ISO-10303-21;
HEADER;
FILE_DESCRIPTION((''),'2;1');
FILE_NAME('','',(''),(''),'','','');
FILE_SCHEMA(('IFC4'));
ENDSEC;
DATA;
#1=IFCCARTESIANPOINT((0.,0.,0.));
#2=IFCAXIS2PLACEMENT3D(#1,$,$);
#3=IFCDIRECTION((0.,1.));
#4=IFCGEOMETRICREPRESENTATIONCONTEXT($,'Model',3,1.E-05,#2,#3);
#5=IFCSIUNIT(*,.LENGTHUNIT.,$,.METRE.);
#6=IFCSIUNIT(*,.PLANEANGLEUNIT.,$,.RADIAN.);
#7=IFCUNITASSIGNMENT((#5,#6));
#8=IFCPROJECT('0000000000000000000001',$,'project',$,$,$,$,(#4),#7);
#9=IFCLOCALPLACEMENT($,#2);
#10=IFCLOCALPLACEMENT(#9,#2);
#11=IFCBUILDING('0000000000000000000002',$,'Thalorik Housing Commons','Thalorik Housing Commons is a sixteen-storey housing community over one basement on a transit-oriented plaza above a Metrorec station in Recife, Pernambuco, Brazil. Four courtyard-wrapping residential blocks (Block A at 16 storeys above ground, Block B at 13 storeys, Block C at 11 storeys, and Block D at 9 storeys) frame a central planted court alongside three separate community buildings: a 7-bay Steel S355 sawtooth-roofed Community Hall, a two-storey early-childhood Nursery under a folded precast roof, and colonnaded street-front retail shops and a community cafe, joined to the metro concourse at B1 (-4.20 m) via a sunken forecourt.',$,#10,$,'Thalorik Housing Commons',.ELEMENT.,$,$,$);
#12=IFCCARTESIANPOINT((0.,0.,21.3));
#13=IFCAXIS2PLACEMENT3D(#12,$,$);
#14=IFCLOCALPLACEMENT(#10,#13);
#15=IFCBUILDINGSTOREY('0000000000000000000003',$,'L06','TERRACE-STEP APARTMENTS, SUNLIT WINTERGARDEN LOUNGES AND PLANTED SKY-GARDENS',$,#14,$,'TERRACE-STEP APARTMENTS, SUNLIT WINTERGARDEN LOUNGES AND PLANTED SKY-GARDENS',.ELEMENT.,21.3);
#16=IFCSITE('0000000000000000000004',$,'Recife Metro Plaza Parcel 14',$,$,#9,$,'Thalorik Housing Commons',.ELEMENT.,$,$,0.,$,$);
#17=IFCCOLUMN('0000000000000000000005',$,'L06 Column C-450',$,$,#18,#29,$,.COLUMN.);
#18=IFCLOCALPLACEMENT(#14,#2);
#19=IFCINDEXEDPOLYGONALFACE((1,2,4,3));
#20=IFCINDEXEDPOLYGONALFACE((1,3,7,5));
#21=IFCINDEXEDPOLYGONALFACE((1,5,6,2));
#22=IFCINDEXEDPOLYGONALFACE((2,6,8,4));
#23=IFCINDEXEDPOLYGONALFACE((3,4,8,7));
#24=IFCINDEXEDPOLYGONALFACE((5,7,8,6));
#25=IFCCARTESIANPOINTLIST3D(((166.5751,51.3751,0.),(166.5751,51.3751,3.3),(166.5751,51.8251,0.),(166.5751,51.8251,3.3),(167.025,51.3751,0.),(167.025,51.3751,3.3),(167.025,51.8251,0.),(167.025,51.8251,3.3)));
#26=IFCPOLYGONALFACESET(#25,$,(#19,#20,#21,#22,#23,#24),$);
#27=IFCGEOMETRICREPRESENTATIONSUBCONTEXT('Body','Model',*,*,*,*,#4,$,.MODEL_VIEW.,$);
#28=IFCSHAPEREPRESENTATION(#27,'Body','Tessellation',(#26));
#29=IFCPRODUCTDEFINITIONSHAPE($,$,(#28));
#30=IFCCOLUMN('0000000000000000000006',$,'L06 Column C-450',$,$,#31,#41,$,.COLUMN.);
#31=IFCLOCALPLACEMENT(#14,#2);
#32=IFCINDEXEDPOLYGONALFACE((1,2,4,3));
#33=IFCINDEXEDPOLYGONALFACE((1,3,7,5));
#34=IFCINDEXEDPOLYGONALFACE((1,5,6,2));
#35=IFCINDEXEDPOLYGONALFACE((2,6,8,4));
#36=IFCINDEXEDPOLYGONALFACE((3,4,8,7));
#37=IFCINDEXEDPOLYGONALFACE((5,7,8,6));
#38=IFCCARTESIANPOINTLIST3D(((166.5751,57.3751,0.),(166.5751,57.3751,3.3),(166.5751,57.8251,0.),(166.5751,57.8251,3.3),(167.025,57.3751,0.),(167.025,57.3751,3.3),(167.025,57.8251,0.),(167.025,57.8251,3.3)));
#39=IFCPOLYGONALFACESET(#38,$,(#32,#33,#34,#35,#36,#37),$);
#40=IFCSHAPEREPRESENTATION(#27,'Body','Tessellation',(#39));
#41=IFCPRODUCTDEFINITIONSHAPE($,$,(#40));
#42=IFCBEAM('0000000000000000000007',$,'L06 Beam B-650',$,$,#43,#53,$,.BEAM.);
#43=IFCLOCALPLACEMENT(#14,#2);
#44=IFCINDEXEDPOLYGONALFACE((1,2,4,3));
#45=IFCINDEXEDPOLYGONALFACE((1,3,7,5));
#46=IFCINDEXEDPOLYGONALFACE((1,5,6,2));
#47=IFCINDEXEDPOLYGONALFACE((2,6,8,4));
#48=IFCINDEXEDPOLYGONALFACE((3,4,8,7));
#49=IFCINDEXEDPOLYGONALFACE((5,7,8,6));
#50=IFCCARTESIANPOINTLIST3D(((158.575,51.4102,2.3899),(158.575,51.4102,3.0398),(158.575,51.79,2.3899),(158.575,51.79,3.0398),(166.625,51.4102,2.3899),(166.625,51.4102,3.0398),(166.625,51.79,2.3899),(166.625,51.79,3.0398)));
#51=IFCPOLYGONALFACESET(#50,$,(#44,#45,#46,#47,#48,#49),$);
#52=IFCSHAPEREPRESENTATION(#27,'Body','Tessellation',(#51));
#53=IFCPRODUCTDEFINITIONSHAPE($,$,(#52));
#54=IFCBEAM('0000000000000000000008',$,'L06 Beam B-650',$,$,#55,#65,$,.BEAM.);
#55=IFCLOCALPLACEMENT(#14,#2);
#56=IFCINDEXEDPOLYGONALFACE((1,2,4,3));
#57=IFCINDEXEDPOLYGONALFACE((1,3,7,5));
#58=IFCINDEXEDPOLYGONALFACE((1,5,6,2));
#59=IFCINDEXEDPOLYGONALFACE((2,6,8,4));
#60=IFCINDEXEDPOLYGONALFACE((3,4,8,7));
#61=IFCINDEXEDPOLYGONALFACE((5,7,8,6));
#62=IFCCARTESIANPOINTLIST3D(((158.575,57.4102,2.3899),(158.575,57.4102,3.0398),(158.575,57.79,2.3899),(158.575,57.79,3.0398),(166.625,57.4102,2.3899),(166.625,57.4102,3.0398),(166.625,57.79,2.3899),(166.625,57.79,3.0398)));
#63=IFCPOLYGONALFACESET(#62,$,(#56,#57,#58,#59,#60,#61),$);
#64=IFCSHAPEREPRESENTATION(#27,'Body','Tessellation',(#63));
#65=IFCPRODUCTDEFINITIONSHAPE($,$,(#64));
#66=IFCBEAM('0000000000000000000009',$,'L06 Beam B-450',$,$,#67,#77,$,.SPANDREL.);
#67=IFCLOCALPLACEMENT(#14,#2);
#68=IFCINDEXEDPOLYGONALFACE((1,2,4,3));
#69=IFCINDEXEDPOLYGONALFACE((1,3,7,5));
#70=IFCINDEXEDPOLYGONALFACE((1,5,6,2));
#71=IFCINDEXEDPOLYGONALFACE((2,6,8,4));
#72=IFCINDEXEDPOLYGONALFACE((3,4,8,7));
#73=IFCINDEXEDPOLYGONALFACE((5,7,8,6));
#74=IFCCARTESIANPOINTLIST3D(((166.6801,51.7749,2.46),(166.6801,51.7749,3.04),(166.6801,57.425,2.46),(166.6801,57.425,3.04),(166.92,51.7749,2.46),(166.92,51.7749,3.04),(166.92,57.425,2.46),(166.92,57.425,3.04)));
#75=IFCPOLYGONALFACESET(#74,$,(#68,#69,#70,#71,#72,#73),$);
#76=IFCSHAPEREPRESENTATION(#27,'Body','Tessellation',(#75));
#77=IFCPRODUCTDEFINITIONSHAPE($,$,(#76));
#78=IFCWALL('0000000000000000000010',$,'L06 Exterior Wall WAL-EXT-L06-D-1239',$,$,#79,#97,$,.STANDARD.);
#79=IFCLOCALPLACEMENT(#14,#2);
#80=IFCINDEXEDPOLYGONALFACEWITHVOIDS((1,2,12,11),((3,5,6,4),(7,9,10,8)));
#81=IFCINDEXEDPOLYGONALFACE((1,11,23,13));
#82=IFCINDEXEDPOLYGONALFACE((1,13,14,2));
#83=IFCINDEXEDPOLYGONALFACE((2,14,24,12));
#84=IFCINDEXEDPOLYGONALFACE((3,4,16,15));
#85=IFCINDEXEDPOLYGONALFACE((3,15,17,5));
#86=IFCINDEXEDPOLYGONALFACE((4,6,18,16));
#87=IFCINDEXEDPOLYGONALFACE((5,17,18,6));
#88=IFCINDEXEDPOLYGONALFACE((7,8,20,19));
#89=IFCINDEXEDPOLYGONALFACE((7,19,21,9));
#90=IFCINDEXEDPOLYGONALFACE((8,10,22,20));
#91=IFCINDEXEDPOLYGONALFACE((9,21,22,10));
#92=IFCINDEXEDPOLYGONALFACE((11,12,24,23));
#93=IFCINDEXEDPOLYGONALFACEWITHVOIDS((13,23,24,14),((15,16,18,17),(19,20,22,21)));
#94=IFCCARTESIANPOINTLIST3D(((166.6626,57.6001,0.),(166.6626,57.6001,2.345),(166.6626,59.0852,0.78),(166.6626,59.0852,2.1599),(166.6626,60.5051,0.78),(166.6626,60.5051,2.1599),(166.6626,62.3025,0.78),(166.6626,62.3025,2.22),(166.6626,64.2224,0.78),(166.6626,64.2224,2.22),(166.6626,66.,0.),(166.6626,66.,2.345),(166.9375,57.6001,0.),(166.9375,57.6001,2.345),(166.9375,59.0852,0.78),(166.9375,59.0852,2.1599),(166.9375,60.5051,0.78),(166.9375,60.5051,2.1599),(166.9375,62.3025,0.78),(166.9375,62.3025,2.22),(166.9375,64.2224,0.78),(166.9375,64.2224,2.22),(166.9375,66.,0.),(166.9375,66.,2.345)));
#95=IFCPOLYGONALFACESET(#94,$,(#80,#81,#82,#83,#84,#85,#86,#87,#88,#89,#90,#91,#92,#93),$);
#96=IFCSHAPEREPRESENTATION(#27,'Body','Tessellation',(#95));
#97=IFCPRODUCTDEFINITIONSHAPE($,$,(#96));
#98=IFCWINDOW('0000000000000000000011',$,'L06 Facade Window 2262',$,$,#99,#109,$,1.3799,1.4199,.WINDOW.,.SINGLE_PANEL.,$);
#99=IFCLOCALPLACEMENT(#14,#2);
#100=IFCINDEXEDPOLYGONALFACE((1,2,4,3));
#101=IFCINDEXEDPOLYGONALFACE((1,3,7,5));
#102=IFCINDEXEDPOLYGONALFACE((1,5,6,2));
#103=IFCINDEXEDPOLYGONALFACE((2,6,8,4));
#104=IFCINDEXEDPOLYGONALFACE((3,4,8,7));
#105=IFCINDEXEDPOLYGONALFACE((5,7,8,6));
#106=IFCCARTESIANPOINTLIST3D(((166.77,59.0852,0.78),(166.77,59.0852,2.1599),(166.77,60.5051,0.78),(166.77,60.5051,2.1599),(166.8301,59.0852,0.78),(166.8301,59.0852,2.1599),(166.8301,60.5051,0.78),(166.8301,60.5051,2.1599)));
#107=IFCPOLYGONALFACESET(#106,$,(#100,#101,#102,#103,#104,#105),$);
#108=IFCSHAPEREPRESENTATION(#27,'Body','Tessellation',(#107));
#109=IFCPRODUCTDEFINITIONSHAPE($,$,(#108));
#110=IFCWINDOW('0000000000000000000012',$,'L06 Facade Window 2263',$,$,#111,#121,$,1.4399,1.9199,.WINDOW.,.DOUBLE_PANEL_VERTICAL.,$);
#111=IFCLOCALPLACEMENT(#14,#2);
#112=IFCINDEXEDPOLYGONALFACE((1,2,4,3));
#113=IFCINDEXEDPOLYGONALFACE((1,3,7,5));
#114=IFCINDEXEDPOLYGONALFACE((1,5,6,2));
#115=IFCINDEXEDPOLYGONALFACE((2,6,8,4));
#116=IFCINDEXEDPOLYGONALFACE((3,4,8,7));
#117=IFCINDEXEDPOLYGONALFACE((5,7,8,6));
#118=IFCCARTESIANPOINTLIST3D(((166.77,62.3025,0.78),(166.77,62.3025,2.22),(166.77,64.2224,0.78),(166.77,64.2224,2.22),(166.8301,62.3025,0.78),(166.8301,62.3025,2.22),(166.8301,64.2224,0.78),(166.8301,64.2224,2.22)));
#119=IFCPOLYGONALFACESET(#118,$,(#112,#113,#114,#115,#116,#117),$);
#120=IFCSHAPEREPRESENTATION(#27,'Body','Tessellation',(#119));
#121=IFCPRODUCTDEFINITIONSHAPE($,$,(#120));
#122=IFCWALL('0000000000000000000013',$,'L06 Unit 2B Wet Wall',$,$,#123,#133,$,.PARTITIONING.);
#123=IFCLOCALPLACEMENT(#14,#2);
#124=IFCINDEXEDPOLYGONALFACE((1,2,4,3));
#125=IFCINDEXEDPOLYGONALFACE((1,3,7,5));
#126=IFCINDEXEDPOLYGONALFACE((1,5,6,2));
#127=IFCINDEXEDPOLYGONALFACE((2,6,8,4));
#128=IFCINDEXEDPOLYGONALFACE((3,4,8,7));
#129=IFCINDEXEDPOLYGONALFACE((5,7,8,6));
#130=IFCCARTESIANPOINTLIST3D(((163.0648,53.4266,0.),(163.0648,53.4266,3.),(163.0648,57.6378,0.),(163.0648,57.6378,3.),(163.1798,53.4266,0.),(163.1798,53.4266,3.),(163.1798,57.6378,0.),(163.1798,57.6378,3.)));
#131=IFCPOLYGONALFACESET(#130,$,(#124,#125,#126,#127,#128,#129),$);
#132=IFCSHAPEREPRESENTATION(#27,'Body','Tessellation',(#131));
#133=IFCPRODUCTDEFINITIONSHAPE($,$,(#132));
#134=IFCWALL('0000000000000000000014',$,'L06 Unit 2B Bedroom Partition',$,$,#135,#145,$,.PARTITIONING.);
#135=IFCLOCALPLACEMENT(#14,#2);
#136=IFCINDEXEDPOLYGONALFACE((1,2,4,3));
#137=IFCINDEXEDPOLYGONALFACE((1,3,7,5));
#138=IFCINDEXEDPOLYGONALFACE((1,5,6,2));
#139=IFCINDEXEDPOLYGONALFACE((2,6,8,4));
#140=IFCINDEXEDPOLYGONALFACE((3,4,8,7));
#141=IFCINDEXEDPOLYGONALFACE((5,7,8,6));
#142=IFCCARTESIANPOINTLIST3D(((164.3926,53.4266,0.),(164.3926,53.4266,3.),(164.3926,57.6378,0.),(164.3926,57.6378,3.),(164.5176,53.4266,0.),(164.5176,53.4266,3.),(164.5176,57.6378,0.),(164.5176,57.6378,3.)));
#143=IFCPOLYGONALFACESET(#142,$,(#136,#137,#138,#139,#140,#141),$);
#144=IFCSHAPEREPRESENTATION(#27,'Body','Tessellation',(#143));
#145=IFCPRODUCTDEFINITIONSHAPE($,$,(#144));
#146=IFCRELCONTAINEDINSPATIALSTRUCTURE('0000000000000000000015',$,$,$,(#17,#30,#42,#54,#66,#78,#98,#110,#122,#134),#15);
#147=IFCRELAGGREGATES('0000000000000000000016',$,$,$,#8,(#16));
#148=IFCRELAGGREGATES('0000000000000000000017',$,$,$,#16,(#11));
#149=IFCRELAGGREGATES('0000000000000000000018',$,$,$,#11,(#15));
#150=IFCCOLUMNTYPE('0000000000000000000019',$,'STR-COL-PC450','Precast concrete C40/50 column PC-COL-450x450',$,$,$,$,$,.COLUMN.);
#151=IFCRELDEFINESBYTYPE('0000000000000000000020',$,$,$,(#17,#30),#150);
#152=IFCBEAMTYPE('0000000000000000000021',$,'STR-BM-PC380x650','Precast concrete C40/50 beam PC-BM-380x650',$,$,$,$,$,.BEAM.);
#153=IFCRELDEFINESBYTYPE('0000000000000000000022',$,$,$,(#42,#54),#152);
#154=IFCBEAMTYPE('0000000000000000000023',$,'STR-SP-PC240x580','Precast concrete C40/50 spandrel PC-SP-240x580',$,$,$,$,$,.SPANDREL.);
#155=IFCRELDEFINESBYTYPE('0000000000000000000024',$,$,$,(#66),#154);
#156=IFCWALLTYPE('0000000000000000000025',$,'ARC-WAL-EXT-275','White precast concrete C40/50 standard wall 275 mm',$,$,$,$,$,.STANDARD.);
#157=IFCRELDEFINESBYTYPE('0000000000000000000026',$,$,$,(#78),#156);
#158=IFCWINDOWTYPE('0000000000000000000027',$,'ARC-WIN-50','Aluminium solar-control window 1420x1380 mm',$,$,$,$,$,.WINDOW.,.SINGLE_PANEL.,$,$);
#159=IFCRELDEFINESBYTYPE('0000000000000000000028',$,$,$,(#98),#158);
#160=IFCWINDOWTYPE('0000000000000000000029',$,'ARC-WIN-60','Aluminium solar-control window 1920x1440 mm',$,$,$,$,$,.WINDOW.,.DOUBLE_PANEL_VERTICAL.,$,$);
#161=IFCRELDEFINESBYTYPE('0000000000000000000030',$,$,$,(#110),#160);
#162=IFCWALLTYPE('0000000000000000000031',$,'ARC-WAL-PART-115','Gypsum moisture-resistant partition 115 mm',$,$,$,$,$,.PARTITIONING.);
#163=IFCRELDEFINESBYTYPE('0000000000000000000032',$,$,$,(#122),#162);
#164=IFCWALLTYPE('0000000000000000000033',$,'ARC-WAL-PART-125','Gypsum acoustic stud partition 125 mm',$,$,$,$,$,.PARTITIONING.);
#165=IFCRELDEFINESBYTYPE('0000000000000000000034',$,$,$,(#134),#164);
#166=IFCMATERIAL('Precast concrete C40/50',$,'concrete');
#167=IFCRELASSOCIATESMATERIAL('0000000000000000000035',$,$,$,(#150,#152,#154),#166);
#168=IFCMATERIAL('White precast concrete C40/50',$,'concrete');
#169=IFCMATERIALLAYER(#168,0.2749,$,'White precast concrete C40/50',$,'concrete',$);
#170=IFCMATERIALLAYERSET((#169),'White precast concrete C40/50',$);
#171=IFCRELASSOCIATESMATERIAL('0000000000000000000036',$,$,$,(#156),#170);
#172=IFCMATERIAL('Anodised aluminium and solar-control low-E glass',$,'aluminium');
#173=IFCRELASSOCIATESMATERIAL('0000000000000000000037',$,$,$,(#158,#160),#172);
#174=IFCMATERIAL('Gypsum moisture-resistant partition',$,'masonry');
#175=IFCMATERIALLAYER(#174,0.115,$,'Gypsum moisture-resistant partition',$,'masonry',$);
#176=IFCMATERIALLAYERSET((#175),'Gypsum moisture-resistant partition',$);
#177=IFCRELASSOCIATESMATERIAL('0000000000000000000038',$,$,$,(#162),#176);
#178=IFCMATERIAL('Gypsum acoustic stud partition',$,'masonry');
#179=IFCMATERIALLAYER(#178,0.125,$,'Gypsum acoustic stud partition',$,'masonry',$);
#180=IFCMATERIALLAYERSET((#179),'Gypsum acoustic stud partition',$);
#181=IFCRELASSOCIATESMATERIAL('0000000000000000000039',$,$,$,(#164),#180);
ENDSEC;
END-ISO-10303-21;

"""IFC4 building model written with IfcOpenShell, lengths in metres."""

from ifc_helpers import new_model, si_unit, direction, frame, frame_2d, origin, origin_2d, place, context, subcontext, project, spatial, rectangle, extrude, material, layer, layer_set, material_profile, profile_set, type_object, element, fill, save


model = new_model("IFC4")

# Units and contexts
model_context = context("Model", 3, precision=1e-05, world=origin(), true_north=direction((0.0, 1.0)))
body_context = subcontext(model_context, "Body", "Model", "MODEL_VIEW")
ifc_project = project(units=[si_unit("LENGTHUNIT", "METRE"), si_unit("PLANEANGLEUNIT", "RADIAN")], contexts=[model_context])

# Site, building, storey
site_placement = place(None, origin())
site = spatial("IfcSite", under=ifc_project, at=site_placement, Name="Recife Metro Plaza Parcel 14", LongName="Thalorik Housing Commons", CompositionType="ELEMENT", RefElevation=0.0)
building_placement = place(site_placement, origin())
building = spatial("IfcBuilding", under=site, at=building_placement, Name="Thalorik Housing Commons", Description="Thalorik Housing Commons is a sixteen-storey housing community over one basement on a transit-oriented plaza above a Metrorec station in Recife, Pernambuco, Brazil. Four courtyard-wrapping residential blocks (Block A at 16 storeys above ground, Block B at 13 storeys, Block C at 11 storeys, and Block D at 9 storeys) frame a central planted court alongside three separate community buildings: a 7-bay Steel S355 sawtooth-roofed Community Hall, a two-storey early-childhood Nursery under a folded precast roof, and colonnaded street-front retail shops and a community cafe, joined to the metro concourse at B1 (-4.20 m) via a sunken forecourt.", LongName="Thalorik Housing Commons", CompositionType="ELEMENT")
storey_placement = place(building_placement, frame((0.0, 0.0, 21.3)))
storey = spatial("IfcBuildingStorey", under=building, at=storey_placement, Name="L06", Description="TERRACE-STEP APARTMENTS, SUNLIT WINTERGARDEN LOUNGES AND PLANTED SKY-GARDENS", LongName="TERRACE-STEP APARTMENTS, SUNLIT WINTERGARDEN LOUNGES AND PLANTED SKY-GARDENS", CompositionType="ELEMENT", Elevation=21.3)

# Columns
ifc_material_1 = material(Name="Precast concrete C40/50", Category="concrete")
ifc_material_profile_1 = material_profile(ifc_material_1, rectangle(XDim=0.45, YDim=0.45, at=origin_2d()), Name="PC 450x450", Category="concrete")
ifc_profile_set_1 = profile_set([ifc_material_profile_1], Name="Precast concrete C40/50")
column_type = type_object("IfcColumnType", Name="STR-COL-PC450", Description="Precast concrete C40/50 column PC-COL-450x450", PredefinedType="COLUMN", material=ifc_profile_set_1)
for number, where, z_axis, x_axis, name in (
    (1, (166.8, 51.6001, 0.0), (0.0, 0.0, 1.0), (1.0, 0.0, 0.0), "L06 Column C-450"),
    (2, (166.8, 57.6001, 0.0), (0.0, 0.0, 1.0), (1.0, 0.0, 0.0), "L06 Column C-450"),
):
    element("IfcColumn", number, at=place(storey_placement, frame(where, z_axis=z_axis, x_axis=x_axis)), inside=storey, type_object=column_type, Name=name, PredefinedType="COLUMN", context=body_context, shape_type="SweptSolid", body=[
        extrude(rectangle(XDim=0.45, YDim=0.45, at=origin_2d()), origin(), (0.0, 0.0, 1.0), 3.3),
    ])

# Beams
ifc_material_profile_2 = material_profile(ifc_material_1, rectangle(XDim=0.3799, YDim=0.6499, at=origin_2d()), Name="PC 380x650", Category="concrete")
ifc_profile_set_2 = profile_set([ifc_material_profile_2], Name="Precast concrete C40/50")
beam_type_1 = type_object("IfcBeamType", Name="STR-BM-PC380x650", Description="Precast concrete C40/50 beam PC-BM-380x650", PredefinedType="BEAM", material=ifc_profile_set_2)
for number, where, z_axis, x_axis, name in (
    (3, (158.575, 51.6001, 2.7148), (1.0, 0.0, 0.0), (0.0, 1.0, 0.0), "L06 Beam B-650"),
    (4, (158.575, 57.6001, 2.7148), (1.0, 0.0, 0.0), (0.0, 1.0, 0.0), "L06 Beam B-650"),
):
    element("IfcBeam", number, at=place(storey_placement, frame(where, z_axis=z_axis, x_axis=x_axis)), inside=storey, type_object=beam_type_1, Name=name, PredefinedType="BEAM", context=body_context, shape_type="SweptSolid", body=[
        extrude(rectangle(XDim=0.3799, YDim=0.6499, at=origin_2d()), origin(), (0.0, 0.0, 1.0), 8.05),
    ])
ifc_material_profile_3 = material_profile(ifc_material_1, rectangle(XDim=0.24, YDim=0.5801, at=origin_2d()), Name="PC SP 240x580", Category="concrete")
ifc_profile_set_3 = profile_set([ifc_material_profile_3], Name="Precast concrete C40/50")
beam_type_2 = type_object("IfcBeamType", Name="STR-SP-PC240x580", Description="Precast concrete C40/50 spandrel PC-SP-240x580", PredefinedType="SPANDREL", material=ifc_profile_set_3)
beam_placement = place(storey_placement, frame((166.8, 51.7749, 2.75), z_axis=(0.0, 1.0, 0.0), x_axis=(-1.0, 0.0, 0.0)))
element("IfcBeam", 5, at=beam_placement, inside=storey, type_object=beam_type_2, Name="L06 Beam B-450", PredefinedType="SPANDREL", context=body_context, shape_type="SweptSolid", body=[
    extrude(rectangle(XDim=0.24, YDim=0.5801, at=origin_2d()), origin(), (0.0, 0.0, 1.0), 5.6501),
])

# Shared definitions
ifc_material_2 = material(Name="White precast concrete C40/50", Category="concrete")
ifc_layer_1 = layer(ifc_material_2, 0.2749, Name="White precast concrete C40/50", Category="concrete")
ifc_layer_set_1 = layer_set([ifc_layer_1], Name="White precast concrete C40/50")
wall_type_1 = type_object("IfcWallType", Name="ARC-WAL-EXT-275", Description="White precast concrete C40/50 standard wall 275 mm", PredefinedType="STANDARD", material=ifc_layer_set_1)
ifc_material_3 = material(Name="Anodised aluminium and solar-control low-E glass", Category="aluminium")
window_type_1 = type_object("IfcWindowType", Name="ARC-WIN-50", Description="Aluminium solar-control window 1420x1380 mm", PartitioningType="SINGLE_PANEL", PredefinedType="WINDOW", material=ifc_material_3)

# Wall, openings, windows
wall_1_placement = place(storey_placement, frame((166.8, 57.6001, 0.0), z_axis=(0.0, 0.0, 1.0), x_axis=(0.0, 1.0, 0.0)))
wall_1 = element("IfcWall", 6, at=wall_1_placement, inside=storey, type_object=wall_type_1, Name="L06 Exterior Wall WAL-EXT-L06-D-1239", PredefinedType="STANDARD", context=body_context, shape_type="SweptSolid", body=[
    extrude(rectangle(XDim=8.3999, YDim=0.2749, at=frame_2d((4.2, 0.0))), origin(), (0.0, 0.0, 1.0), 2.345),
])
opening_1_placement = place(wall_1_placement, frame((1.4851, 0.0, 0.78)))
opening_1 = element("IfcOpeningElement", 7, at=opening_1_placement, cuts=wall_1, PredefinedType="OPENING", context=body_context, shape_type="SweptSolid", body=[
    extrude(rectangle(XDim=1.4199, YDim=1.3799, at=frame_2d((0.71, 0.6899))), frame((0.0, 0.1475, 0.0), z_axis=(0.0, -1.0, 0.0), x_axis=(1.0, 0.0, 0.0)), (0.0, 0.0, 1.0), 0.2949),
])
opening_2_placement = place(wall_1_placement, frame((4.7024, 0.0, 0.78)))
opening_2 = element("IfcOpeningElement", 8, at=opening_2_placement, cuts=wall_1, PredefinedType="OPENING", context=body_context, shape_type="SweptSolid", body=[
    extrude(rectangle(XDim=1.9199, YDim=1.4399, at=frame_2d((0.96, 0.72))), frame((0.0, 0.1475, 0.0), z_axis=(0.0, -1.0, 0.0), x_axis=(1.0, 0.0, 0.0)), (0.0, 0.0, 1.0), 0.2949),
])
window_1_placement = place(opening_1_placement, origin())
window_1 = element("IfcWindow", 9, at=window_1_placement, inside=storey, type_object=window_type_1, Name="L06 Facade Window 2262", OverallHeight=1.3799, OverallWidth=1.4199, PartitioningType="SINGLE_PANEL", PredefinedType="WINDOW", context=body_context, shape_type="SweptSolid", body=[
    extrude(rectangle(XDim=1.4199, YDim=1.3799, at=frame_2d((0.71, 0.6899))), frame((0.0, 0.03, 0.0), z_axis=(0.0, -1.0, 0.0), x_axis=(1.0, 0.0, 0.0)), (0.0, 0.0, 1.0), 0.0601),
])
fill(opening_1, window_1)
window_type_2 = type_object("IfcWindowType", Name="ARC-WIN-60", Description="Aluminium solar-control window 1920x1440 mm", PartitioningType="DOUBLE_PANEL_VERTICAL", PredefinedType="WINDOW", material=ifc_material_3)
window_2_placement = place(opening_2_placement, origin())
window_2 = element("IfcWindow", 10, at=window_2_placement, inside=storey, type_object=window_type_2, Name="L06 Facade Window 2263", OverallHeight=1.4399, OverallWidth=1.9199, PartitioningType="DOUBLE_PANEL_VERTICAL", PredefinedType="WINDOW", context=body_context, shape_type="SweptSolid", body=[
    extrude(rectangle(XDim=1.9199, YDim=1.4399, at=frame_2d((0.96, 0.72))), frame((0.0, 0.03, 0.0), z_axis=(0.0, -1.0, 0.0), x_axis=(1.0, 0.0, 0.0)), (0.0, 0.0, 1.0), 0.0601),
])
fill(opening_2, window_2)

# Walls
ifc_material_4 = material(Name="Gypsum moisture-resistant partition", Category="masonry")
ifc_layer_2 = layer(ifc_material_4, 0.115, Name="Gypsum moisture-resistant partition", Category="masonry")
ifc_layer_set_2 = layer_set([ifc_layer_2], Name="Gypsum moisture-resistant partition")
wall_type_2 = type_object("IfcWallType", Name="ARC-WAL-PART-115", Description="Gypsum moisture-resistant partition 115 mm", PredefinedType="PARTITIONING", material=ifc_layer_set_2)
wall_2_placement = place(storey_placement, frame((163.1223, 53.4268, 0.0), z_axis=(0.0, 0.0, 1.0), x_axis=(0.0, 1.0, 0.0)))
element("IfcWall", 11, at=wall_2_placement, inside=storey, type_object=wall_type_2, Name="L06 Unit 2B Wet Wall", PredefinedType="PARTITIONING", context=body_context, shape_type="SweptSolid", body=[
    extrude(rectangle(XDim=4.2112, YDim=0.115, at=frame_2d((2.1055, 0.0))), origin(), (0.0, 0.0, 1.0), 3.0),
])
ifc_material_5 = material(Name="Gypsum acoustic stud partition", Category="masonry")
ifc_layer_3 = layer(ifc_material_5, 0.125, Name="Gypsum acoustic stud partition", Category="masonry")
ifc_layer_set_3 = layer_set([ifc_layer_3], Name="Gypsum acoustic stud partition")
wall_type_3 = type_object("IfcWallType", Name="ARC-WAL-PART-125", Description="Gypsum acoustic stud partition 125 mm", PredefinedType="PARTITIONING", material=ifc_layer_set_3)
wall_3_placement = place(storey_placement, frame((164.4551, 53.4268, 0.0), z_axis=(0.0, 0.0, 1.0), x_axis=(0.0, 1.0, 0.0)))
element("IfcWall", 12, at=wall_3_placement, inside=storey, type_object=wall_type_3, Name="L06 Unit 2B Bedroom Partition", PredefinedType="PARTITIONING", context=body_context, shape_type="SweptSolid", body=[
    extrude(rectangle(XDim=4.2112, YDim=0.125, at=frame_2d((2.1055, 0.0))), origin(), (0.0, 0.0, 1.0), 3.0),
])

save(model, "model.ifc")
